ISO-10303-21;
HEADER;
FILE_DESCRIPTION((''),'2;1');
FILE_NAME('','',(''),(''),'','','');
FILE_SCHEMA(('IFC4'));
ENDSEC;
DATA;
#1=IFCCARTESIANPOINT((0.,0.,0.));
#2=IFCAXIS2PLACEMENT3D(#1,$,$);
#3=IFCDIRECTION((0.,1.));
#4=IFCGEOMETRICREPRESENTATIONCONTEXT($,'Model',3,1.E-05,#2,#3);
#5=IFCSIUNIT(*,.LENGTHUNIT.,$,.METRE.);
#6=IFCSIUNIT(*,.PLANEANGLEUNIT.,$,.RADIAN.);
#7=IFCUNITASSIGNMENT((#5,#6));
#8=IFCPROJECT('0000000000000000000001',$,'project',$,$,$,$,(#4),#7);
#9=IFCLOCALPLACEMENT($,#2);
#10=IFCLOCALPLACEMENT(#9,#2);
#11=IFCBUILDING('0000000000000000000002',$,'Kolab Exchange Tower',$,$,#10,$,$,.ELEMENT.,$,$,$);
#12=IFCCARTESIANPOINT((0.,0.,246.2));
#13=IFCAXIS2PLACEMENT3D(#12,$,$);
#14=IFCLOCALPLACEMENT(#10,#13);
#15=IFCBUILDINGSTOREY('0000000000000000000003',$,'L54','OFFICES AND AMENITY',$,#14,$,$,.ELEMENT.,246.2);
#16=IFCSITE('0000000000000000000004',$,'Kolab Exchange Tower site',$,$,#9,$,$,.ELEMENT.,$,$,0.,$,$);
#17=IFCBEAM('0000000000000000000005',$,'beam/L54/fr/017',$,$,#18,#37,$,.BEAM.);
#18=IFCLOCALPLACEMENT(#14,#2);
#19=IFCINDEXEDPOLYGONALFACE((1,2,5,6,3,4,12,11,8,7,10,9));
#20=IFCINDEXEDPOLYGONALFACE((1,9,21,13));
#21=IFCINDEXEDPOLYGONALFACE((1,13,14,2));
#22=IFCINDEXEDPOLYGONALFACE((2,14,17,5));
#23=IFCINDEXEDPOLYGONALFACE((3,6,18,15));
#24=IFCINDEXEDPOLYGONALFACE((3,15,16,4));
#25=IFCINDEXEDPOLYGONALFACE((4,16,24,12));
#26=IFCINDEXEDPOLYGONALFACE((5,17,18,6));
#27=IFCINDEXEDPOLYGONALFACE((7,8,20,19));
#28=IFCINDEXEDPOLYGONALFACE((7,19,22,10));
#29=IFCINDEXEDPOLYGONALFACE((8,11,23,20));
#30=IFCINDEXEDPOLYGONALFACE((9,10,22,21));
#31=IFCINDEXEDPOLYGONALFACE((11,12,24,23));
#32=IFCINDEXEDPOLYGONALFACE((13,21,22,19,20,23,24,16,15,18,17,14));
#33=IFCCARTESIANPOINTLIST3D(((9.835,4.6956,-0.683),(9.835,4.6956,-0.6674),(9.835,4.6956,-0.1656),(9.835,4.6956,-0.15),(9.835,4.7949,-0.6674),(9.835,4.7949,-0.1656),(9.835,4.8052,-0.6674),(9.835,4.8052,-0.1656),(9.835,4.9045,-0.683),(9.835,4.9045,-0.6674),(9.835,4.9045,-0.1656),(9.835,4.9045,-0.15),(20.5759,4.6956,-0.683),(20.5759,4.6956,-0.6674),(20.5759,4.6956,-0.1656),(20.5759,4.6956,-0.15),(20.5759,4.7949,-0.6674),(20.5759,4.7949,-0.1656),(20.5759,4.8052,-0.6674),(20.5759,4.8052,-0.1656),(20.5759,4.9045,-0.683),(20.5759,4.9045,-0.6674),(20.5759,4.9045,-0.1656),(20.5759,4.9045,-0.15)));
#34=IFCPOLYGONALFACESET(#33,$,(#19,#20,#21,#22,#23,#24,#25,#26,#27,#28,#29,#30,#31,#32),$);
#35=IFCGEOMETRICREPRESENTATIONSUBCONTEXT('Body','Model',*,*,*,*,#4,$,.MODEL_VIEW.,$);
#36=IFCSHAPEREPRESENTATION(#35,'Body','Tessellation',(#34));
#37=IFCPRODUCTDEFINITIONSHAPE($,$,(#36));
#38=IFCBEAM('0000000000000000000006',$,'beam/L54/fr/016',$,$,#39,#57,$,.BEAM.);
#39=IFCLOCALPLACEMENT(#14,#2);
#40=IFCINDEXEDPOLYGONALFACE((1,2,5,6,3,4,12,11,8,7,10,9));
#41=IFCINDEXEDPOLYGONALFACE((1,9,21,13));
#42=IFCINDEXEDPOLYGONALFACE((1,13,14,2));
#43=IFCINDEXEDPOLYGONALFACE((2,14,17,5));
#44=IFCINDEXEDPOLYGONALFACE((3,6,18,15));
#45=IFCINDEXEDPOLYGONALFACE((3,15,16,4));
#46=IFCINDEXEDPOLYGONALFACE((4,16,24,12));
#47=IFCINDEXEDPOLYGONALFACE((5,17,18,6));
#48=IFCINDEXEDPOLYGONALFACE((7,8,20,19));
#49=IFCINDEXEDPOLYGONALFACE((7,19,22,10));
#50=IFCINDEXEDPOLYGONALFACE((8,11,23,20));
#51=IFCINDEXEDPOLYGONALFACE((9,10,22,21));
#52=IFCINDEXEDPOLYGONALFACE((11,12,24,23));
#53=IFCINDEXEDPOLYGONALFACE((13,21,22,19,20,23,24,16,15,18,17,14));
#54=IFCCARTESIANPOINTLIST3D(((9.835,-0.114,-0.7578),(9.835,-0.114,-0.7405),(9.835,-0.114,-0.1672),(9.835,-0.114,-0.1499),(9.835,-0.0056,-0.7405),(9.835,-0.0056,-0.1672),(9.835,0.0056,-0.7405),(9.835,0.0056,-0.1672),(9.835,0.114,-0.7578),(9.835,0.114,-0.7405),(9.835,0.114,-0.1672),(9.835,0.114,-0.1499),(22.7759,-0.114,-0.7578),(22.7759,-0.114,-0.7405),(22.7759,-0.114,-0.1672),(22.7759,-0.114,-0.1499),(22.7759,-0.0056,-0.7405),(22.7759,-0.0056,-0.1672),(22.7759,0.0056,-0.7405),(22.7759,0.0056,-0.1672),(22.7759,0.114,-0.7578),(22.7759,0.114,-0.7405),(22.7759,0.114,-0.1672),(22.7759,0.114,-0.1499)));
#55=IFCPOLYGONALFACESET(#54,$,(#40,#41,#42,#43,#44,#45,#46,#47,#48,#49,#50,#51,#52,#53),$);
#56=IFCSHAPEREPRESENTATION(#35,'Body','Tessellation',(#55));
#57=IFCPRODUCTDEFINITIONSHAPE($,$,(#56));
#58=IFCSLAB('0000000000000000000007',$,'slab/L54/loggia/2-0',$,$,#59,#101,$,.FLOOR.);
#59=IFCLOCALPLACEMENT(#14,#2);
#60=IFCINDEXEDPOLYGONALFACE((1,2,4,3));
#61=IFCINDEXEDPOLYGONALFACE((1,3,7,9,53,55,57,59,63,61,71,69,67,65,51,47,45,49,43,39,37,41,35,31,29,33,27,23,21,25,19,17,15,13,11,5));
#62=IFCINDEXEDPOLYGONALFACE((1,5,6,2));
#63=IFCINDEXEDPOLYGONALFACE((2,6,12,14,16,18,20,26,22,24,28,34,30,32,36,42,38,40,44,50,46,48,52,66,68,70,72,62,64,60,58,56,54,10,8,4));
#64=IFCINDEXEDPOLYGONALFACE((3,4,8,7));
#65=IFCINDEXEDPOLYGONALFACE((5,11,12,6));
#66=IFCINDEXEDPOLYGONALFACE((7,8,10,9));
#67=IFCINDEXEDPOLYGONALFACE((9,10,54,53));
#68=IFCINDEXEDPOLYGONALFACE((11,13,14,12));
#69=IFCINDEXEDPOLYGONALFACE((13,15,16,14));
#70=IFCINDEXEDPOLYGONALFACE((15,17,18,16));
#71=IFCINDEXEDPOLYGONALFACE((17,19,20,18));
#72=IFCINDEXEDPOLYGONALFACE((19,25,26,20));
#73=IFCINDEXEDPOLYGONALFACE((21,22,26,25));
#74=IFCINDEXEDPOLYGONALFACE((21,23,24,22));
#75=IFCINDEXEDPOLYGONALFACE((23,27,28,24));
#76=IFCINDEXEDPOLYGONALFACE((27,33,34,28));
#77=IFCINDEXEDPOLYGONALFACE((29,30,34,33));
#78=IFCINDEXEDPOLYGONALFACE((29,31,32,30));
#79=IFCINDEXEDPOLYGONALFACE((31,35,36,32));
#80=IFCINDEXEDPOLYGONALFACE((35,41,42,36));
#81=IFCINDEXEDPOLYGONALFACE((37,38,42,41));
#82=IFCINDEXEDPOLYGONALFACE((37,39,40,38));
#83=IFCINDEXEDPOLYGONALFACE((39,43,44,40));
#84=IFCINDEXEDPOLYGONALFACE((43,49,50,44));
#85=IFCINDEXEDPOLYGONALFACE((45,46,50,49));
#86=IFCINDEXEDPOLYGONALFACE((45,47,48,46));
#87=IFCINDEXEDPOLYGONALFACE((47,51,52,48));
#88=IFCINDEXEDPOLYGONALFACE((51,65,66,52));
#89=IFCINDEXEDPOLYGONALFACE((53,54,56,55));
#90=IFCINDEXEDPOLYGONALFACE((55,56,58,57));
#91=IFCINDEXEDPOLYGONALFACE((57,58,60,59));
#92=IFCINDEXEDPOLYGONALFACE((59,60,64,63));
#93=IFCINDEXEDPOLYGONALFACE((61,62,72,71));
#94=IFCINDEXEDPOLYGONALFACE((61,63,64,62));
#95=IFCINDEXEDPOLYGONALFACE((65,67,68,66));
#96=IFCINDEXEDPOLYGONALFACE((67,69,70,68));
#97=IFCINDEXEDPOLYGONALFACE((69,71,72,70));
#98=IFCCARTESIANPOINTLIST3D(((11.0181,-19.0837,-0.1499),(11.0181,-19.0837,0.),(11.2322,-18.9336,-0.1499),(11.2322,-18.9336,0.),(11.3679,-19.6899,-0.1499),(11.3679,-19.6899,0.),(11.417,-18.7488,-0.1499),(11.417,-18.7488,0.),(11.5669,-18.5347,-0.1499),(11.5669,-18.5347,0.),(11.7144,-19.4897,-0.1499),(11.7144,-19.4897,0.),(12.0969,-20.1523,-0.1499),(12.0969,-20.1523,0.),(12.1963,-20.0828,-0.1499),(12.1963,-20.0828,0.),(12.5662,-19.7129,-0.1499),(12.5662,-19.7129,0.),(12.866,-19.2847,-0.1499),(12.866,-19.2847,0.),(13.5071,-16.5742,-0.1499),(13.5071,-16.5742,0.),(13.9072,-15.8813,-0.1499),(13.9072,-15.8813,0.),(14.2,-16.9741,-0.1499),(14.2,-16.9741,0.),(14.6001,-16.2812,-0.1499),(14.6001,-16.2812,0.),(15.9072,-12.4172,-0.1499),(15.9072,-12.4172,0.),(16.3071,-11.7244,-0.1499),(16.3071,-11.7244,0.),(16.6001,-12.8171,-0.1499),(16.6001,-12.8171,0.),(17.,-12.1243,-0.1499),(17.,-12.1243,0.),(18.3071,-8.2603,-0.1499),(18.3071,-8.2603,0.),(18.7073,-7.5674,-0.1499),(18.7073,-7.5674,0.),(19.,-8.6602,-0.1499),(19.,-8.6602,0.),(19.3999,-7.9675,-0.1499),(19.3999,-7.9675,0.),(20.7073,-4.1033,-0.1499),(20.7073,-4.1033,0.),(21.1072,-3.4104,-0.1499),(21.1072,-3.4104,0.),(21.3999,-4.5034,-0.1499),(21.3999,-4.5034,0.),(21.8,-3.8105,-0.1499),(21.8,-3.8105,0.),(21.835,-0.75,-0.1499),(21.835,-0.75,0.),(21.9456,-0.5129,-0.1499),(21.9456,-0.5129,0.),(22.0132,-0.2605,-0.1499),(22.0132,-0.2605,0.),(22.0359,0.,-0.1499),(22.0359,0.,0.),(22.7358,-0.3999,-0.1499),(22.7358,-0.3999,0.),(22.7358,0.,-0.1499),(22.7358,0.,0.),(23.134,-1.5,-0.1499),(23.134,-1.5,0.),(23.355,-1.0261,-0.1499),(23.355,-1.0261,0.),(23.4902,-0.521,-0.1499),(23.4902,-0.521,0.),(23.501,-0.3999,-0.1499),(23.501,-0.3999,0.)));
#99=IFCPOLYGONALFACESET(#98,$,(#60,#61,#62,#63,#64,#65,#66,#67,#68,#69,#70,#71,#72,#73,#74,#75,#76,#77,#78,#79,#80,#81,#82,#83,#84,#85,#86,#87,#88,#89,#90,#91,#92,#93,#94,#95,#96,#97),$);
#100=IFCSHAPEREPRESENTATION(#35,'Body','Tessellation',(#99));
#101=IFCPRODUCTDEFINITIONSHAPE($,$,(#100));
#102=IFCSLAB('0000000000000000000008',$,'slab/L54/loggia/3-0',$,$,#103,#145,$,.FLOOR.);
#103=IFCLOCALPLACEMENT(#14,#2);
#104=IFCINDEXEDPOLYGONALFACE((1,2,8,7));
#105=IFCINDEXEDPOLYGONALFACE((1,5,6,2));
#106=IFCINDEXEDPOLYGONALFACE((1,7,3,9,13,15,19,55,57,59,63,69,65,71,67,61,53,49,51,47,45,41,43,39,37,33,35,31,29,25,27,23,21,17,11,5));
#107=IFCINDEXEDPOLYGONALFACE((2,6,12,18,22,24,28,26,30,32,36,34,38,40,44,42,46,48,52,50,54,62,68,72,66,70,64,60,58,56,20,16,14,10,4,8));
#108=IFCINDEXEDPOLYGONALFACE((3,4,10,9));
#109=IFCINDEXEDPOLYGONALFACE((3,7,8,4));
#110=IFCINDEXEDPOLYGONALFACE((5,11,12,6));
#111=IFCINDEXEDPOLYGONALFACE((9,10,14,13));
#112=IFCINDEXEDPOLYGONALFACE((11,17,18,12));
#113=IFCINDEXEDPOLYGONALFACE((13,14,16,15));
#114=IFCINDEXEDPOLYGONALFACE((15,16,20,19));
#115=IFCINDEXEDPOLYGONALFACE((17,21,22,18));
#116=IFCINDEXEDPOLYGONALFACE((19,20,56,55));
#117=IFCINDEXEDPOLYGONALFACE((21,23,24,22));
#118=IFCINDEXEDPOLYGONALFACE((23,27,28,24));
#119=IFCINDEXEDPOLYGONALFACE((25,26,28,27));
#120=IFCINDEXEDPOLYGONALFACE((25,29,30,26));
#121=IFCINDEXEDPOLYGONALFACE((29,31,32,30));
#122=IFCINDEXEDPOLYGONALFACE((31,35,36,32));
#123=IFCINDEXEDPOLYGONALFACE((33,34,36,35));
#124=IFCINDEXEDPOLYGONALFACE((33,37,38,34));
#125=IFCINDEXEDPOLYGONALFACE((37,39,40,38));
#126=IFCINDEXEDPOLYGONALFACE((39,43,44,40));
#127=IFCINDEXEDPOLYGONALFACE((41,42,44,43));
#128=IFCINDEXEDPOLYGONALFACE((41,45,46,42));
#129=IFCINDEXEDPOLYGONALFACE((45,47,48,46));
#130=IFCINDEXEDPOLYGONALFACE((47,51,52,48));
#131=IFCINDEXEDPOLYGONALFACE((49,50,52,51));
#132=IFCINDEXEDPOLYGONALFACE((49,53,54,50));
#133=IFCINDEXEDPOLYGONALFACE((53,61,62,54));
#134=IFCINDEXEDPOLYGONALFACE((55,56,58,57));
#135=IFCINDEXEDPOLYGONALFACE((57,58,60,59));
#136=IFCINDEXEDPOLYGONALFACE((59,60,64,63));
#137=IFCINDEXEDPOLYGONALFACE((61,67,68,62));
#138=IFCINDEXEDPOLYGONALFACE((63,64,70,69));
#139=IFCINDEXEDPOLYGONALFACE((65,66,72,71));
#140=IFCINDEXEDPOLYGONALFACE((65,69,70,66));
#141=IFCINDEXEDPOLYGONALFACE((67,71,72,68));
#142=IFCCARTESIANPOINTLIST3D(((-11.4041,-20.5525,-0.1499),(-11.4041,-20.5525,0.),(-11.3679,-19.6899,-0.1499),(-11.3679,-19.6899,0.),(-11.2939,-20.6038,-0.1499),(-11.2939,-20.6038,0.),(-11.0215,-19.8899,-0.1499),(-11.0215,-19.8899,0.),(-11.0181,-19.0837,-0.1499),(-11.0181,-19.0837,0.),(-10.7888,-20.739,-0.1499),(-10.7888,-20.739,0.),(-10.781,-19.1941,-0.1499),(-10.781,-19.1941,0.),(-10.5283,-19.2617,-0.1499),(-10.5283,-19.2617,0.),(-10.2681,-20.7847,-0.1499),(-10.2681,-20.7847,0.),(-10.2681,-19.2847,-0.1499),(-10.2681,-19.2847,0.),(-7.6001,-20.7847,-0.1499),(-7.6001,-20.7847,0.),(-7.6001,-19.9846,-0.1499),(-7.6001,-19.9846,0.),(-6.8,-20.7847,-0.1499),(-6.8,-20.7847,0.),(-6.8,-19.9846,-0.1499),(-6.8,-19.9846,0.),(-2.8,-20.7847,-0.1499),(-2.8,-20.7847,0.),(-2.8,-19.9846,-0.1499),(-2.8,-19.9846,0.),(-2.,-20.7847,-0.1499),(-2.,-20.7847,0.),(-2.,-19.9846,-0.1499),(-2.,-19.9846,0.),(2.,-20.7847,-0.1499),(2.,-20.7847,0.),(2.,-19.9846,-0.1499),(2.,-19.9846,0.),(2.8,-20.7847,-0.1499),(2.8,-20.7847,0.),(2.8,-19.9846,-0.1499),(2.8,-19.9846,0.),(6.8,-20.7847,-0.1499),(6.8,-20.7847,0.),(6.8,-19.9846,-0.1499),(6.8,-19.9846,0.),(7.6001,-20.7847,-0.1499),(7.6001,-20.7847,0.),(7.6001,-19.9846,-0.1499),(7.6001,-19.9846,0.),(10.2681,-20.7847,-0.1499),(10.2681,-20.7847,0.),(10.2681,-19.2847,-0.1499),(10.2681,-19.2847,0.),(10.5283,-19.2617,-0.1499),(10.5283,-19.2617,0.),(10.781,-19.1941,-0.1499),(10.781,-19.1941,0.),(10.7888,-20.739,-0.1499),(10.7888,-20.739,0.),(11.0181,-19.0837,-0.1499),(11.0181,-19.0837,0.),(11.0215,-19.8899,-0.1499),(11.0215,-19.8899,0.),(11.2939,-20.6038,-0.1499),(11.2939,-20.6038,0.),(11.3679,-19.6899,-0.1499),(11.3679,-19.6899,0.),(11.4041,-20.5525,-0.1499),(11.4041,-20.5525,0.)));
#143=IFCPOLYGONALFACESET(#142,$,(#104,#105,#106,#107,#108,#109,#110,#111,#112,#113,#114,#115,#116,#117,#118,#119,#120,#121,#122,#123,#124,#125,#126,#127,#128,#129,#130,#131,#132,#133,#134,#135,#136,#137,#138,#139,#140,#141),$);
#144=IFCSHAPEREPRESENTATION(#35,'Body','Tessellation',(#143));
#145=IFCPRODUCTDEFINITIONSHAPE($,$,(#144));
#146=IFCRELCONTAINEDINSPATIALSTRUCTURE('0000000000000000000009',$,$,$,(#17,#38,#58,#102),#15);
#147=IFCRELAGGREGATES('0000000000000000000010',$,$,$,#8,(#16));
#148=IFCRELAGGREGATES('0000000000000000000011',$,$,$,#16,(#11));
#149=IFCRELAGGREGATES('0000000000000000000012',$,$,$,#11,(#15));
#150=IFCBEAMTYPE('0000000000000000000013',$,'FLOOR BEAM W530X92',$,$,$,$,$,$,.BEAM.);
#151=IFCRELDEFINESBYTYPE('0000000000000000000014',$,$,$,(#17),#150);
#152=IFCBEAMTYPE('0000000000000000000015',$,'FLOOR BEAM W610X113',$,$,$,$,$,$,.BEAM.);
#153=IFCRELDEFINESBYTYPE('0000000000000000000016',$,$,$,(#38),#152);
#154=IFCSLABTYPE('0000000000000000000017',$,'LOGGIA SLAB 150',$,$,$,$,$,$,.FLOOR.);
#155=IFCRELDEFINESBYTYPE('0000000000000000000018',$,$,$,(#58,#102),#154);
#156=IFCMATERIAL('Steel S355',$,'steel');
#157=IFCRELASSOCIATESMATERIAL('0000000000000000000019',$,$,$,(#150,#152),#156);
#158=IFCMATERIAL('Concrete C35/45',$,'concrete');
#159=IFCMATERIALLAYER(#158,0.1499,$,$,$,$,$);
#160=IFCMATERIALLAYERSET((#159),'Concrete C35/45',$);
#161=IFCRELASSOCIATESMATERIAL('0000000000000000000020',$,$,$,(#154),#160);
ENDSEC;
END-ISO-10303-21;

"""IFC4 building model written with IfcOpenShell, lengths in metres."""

from ifc_helpers import new_model, si_unit, direction, frame, origin, origin_2d, place, context, subcontext, project, spatial, polyline, i_section, outline, extrude, material, layer, layer_set, material_profile, profile_set, type_object, element, save


model = new_model("IFC4")

# Units and contexts
model_context = context("Model", 3, precision=1e-05, world=origin(), true_north=direction((0.0, 1.0)))
body_context = subcontext(model_context, "Body", "Model", "MODEL_VIEW")
ifc_project = project(units=[si_unit("LENGTHUNIT", "METRE"), si_unit("PLANEANGLEUNIT", "RADIAN")], contexts=[model_context])

# Site, building, storey
site_placement = place(None, origin())
site = spatial("IfcSite", under=ifc_project, at=site_placement, Name="Kolab Exchange Tower site", CompositionType="ELEMENT", RefElevation=0.0)
building_placement = place(site_placement, origin())
building = spatial("IfcBuilding", under=site, at=building_placement, Name="Kolab Exchange Tower", CompositionType="ELEMENT")
storey_placement = place(building_placement, frame((0.0, 0.0, 246.2)))
storey = spatial("IfcBuildingStorey", under=building, at=storey_placement, Name="L54", Description="OFFICES AND AMENITY", CompositionType="ELEMENT", Elevation=246.2)

# Beams
ifc_material_1 = material(Name="Steel S355", Category="steel")
ifc_material_profile_1 = material_profile(ifc_material_1, i_section(OverallWidth=0.209, OverallDepth=0.533, WebThickness=0.0103, FlangeThickness=0.0156, at=origin_2d()), Name="W530X92")
ifc_profile_set_1 = profile_set([ifc_material_profile_1], Name="Steel S355")
beam_type_1 = type_object("IfcBeamType", Name="FLOOR BEAM W530X92", PredefinedType="BEAM", material=ifc_profile_set_1)
beam_1_placement = place(storey_placement, frame((9.835, 4.8, -0.4165), z_axis=(1.0, 0.0, 0.0), x_axis=(0.0, 1.0, 0.0)))
element("IfcBeam", 1, at=beam_1_placement, inside=storey, type_object=beam_type_1, Name="beam/L54/fr/017", PredefinedType="BEAM", context=body_context, shape_type="SweptSolid", body=[
    extrude(i_section(OverallWidth=0.209, OverallDepth=0.533, WebThickness=0.0103, FlangeThickness=0.0156, at=origin_2d()), origin(), (0.0, 0.0, 1.0), 10.741),
])
ifc_material_profile_2 = material_profile(ifc_material_1, i_section(OverallWidth=0.228, OverallDepth=0.6079, WebThickness=0.0112, FlangeThickness=0.0173, at=origin_2d()), Name="W610X113")
ifc_profile_set_2 = profile_set([ifc_material_profile_2], Name="Steel S355")
beam_type_2 = type_object("IfcBeamType", Name="FLOOR BEAM W610X113", PredefinedType="BEAM", material=ifc_profile_set_2)
beam_2_placement = place(storey_placement, frame((9.835, 0.0, -0.4539), z_axis=(1.0, 0.0, 0.0), x_axis=(0.0, 1.0, 0.0)))
element("IfcBeam", 2, at=beam_2_placement, inside=storey, type_object=beam_type_2, Name="beam/L54/fr/016", PredefinedType="BEAM", context=body_context, shape_type="SweptSolid", body=[
    extrude(i_section(OverallWidth=0.228, OverallDepth=0.6079, WebThickness=0.0112, FlangeThickness=0.0173, at=origin_2d()), origin(), (0.0, 0.0, 1.0), 12.9409),
])

# Slabs
ifc_material_2 = material(Name="Concrete C35/45", Category="concrete")
ifc_layer_1 = layer(ifc_material_2, 0.1499)
ifc_layer_set_1 = layer_set([ifc_layer_1], Name="Concrete C35/45")
slab_type_1 = type_object("IfcSlabType", Name="LOGGIA SLAB 150", PredefinedType="FLOOR", material=ifc_layer_set_1)
slab_1_placement = place(storey_placement, frame((0.0, 0.0, -0.1499)))
element("IfcSlab", 3, at=slab_1_placement, inside=storey, type_object=slab_type_1, Name="slab/L54/loggia/2-0", PredefinedType="FLOOR", context=body_context, shape_type="SweptSolid", body=[
    extrude(outline(polyline([(12.866, -19.2847), (14.2, -16.9741), (13.5071, -16.5742), (13.9072, -15.8813), (14.6001, -16.2812), (16.6001, -12.8171), (15.9072, -12.4172), (16.3071, -11.7244), (17.0, -12.1243), (19.0, -8.6602), (18.3071, -8.2603), (18.7073, -7.5674), (19.3999, -7.9675), (21.3999, -4.5034), (20.7073, -4.1033), (21.1072, -3.4104), (21.8, -3.8105), (23.134, -1.5), (23.355, -1.0261), (23.4902, -0.521), (23.501, -0.3999), (22.7358, -0.3999), (22.7358, 0.0), (22.0359, 0.0), (22.0132, -0.2605), (21.9456, -0.5129), (21.835, -0.75), (11.5669, -18.5347), (11.417, -18.7488), (11.2322, -18.9336), (11.0181, -19.0837), (11.3679, -19.6899), (11.7144, -19.4897), (12.0969, -20.1523), (12.1963, -20.0828), (12.5662, -19.7129), (12.866, -19.2847)])), origin(), (0.0, 0.0, 1.0), 0.1499),
])
slab_2_placement = place(storey_placement, frame((0.0, 0.0, -0.1499)))
element("IfcSlab", 4, at=slab_2_placement, inside=storey, type_object=slab_type_1, Name="slab/L54/loggia/3-0", PredefinedType="FLOOR", context=body_context, shape_type="SweptSolid", body=[
    extrude(outline(polyline([(-11.0181, -19.0837), (-11.3679, -19.6899), (-11.0215, -19.8899), (-11.4041, -20.5525), (-11.2939, -20.6038), (-10.7888, -20.739), (-10.2681, -20.7847), (-7.6001, -20.7847), (-7.6001, -19.9846), (-6.8, -19.9846), (-6.8, -20.7847), (-2.8, -20.7847), (-2.8, -19.9846), (-2.0, -19.9846), (-2.0, -20.7847), (2.0, -20.7847), (2.0, -19.9846), (2.8, -19.9846), (2.8, -20.7847), (6.8, -20.7847), (6.8, -19.9846), (7.6001, -19.9846), (7.6001, -20.7847), (10.2681, -20.7847), (10.7888, -20.739), (11.2939, -20.6038), (11.4041, -20.5525), (11.0215, -19.8899), (11.3679, -19.6899), (11.0181, -19.0837), (10.781, -19.1941), (10.5283, -19.2617), (10.2681, -19.2847), (-10.2681, -19.2847), (-10.5283, -19.2617), (-10.781, -19.1941), (-11.0181, -19.0837)])), origin(), (0.0, 0.0, 1.0), 0.1499),
])

save(model, "model.ifc")
